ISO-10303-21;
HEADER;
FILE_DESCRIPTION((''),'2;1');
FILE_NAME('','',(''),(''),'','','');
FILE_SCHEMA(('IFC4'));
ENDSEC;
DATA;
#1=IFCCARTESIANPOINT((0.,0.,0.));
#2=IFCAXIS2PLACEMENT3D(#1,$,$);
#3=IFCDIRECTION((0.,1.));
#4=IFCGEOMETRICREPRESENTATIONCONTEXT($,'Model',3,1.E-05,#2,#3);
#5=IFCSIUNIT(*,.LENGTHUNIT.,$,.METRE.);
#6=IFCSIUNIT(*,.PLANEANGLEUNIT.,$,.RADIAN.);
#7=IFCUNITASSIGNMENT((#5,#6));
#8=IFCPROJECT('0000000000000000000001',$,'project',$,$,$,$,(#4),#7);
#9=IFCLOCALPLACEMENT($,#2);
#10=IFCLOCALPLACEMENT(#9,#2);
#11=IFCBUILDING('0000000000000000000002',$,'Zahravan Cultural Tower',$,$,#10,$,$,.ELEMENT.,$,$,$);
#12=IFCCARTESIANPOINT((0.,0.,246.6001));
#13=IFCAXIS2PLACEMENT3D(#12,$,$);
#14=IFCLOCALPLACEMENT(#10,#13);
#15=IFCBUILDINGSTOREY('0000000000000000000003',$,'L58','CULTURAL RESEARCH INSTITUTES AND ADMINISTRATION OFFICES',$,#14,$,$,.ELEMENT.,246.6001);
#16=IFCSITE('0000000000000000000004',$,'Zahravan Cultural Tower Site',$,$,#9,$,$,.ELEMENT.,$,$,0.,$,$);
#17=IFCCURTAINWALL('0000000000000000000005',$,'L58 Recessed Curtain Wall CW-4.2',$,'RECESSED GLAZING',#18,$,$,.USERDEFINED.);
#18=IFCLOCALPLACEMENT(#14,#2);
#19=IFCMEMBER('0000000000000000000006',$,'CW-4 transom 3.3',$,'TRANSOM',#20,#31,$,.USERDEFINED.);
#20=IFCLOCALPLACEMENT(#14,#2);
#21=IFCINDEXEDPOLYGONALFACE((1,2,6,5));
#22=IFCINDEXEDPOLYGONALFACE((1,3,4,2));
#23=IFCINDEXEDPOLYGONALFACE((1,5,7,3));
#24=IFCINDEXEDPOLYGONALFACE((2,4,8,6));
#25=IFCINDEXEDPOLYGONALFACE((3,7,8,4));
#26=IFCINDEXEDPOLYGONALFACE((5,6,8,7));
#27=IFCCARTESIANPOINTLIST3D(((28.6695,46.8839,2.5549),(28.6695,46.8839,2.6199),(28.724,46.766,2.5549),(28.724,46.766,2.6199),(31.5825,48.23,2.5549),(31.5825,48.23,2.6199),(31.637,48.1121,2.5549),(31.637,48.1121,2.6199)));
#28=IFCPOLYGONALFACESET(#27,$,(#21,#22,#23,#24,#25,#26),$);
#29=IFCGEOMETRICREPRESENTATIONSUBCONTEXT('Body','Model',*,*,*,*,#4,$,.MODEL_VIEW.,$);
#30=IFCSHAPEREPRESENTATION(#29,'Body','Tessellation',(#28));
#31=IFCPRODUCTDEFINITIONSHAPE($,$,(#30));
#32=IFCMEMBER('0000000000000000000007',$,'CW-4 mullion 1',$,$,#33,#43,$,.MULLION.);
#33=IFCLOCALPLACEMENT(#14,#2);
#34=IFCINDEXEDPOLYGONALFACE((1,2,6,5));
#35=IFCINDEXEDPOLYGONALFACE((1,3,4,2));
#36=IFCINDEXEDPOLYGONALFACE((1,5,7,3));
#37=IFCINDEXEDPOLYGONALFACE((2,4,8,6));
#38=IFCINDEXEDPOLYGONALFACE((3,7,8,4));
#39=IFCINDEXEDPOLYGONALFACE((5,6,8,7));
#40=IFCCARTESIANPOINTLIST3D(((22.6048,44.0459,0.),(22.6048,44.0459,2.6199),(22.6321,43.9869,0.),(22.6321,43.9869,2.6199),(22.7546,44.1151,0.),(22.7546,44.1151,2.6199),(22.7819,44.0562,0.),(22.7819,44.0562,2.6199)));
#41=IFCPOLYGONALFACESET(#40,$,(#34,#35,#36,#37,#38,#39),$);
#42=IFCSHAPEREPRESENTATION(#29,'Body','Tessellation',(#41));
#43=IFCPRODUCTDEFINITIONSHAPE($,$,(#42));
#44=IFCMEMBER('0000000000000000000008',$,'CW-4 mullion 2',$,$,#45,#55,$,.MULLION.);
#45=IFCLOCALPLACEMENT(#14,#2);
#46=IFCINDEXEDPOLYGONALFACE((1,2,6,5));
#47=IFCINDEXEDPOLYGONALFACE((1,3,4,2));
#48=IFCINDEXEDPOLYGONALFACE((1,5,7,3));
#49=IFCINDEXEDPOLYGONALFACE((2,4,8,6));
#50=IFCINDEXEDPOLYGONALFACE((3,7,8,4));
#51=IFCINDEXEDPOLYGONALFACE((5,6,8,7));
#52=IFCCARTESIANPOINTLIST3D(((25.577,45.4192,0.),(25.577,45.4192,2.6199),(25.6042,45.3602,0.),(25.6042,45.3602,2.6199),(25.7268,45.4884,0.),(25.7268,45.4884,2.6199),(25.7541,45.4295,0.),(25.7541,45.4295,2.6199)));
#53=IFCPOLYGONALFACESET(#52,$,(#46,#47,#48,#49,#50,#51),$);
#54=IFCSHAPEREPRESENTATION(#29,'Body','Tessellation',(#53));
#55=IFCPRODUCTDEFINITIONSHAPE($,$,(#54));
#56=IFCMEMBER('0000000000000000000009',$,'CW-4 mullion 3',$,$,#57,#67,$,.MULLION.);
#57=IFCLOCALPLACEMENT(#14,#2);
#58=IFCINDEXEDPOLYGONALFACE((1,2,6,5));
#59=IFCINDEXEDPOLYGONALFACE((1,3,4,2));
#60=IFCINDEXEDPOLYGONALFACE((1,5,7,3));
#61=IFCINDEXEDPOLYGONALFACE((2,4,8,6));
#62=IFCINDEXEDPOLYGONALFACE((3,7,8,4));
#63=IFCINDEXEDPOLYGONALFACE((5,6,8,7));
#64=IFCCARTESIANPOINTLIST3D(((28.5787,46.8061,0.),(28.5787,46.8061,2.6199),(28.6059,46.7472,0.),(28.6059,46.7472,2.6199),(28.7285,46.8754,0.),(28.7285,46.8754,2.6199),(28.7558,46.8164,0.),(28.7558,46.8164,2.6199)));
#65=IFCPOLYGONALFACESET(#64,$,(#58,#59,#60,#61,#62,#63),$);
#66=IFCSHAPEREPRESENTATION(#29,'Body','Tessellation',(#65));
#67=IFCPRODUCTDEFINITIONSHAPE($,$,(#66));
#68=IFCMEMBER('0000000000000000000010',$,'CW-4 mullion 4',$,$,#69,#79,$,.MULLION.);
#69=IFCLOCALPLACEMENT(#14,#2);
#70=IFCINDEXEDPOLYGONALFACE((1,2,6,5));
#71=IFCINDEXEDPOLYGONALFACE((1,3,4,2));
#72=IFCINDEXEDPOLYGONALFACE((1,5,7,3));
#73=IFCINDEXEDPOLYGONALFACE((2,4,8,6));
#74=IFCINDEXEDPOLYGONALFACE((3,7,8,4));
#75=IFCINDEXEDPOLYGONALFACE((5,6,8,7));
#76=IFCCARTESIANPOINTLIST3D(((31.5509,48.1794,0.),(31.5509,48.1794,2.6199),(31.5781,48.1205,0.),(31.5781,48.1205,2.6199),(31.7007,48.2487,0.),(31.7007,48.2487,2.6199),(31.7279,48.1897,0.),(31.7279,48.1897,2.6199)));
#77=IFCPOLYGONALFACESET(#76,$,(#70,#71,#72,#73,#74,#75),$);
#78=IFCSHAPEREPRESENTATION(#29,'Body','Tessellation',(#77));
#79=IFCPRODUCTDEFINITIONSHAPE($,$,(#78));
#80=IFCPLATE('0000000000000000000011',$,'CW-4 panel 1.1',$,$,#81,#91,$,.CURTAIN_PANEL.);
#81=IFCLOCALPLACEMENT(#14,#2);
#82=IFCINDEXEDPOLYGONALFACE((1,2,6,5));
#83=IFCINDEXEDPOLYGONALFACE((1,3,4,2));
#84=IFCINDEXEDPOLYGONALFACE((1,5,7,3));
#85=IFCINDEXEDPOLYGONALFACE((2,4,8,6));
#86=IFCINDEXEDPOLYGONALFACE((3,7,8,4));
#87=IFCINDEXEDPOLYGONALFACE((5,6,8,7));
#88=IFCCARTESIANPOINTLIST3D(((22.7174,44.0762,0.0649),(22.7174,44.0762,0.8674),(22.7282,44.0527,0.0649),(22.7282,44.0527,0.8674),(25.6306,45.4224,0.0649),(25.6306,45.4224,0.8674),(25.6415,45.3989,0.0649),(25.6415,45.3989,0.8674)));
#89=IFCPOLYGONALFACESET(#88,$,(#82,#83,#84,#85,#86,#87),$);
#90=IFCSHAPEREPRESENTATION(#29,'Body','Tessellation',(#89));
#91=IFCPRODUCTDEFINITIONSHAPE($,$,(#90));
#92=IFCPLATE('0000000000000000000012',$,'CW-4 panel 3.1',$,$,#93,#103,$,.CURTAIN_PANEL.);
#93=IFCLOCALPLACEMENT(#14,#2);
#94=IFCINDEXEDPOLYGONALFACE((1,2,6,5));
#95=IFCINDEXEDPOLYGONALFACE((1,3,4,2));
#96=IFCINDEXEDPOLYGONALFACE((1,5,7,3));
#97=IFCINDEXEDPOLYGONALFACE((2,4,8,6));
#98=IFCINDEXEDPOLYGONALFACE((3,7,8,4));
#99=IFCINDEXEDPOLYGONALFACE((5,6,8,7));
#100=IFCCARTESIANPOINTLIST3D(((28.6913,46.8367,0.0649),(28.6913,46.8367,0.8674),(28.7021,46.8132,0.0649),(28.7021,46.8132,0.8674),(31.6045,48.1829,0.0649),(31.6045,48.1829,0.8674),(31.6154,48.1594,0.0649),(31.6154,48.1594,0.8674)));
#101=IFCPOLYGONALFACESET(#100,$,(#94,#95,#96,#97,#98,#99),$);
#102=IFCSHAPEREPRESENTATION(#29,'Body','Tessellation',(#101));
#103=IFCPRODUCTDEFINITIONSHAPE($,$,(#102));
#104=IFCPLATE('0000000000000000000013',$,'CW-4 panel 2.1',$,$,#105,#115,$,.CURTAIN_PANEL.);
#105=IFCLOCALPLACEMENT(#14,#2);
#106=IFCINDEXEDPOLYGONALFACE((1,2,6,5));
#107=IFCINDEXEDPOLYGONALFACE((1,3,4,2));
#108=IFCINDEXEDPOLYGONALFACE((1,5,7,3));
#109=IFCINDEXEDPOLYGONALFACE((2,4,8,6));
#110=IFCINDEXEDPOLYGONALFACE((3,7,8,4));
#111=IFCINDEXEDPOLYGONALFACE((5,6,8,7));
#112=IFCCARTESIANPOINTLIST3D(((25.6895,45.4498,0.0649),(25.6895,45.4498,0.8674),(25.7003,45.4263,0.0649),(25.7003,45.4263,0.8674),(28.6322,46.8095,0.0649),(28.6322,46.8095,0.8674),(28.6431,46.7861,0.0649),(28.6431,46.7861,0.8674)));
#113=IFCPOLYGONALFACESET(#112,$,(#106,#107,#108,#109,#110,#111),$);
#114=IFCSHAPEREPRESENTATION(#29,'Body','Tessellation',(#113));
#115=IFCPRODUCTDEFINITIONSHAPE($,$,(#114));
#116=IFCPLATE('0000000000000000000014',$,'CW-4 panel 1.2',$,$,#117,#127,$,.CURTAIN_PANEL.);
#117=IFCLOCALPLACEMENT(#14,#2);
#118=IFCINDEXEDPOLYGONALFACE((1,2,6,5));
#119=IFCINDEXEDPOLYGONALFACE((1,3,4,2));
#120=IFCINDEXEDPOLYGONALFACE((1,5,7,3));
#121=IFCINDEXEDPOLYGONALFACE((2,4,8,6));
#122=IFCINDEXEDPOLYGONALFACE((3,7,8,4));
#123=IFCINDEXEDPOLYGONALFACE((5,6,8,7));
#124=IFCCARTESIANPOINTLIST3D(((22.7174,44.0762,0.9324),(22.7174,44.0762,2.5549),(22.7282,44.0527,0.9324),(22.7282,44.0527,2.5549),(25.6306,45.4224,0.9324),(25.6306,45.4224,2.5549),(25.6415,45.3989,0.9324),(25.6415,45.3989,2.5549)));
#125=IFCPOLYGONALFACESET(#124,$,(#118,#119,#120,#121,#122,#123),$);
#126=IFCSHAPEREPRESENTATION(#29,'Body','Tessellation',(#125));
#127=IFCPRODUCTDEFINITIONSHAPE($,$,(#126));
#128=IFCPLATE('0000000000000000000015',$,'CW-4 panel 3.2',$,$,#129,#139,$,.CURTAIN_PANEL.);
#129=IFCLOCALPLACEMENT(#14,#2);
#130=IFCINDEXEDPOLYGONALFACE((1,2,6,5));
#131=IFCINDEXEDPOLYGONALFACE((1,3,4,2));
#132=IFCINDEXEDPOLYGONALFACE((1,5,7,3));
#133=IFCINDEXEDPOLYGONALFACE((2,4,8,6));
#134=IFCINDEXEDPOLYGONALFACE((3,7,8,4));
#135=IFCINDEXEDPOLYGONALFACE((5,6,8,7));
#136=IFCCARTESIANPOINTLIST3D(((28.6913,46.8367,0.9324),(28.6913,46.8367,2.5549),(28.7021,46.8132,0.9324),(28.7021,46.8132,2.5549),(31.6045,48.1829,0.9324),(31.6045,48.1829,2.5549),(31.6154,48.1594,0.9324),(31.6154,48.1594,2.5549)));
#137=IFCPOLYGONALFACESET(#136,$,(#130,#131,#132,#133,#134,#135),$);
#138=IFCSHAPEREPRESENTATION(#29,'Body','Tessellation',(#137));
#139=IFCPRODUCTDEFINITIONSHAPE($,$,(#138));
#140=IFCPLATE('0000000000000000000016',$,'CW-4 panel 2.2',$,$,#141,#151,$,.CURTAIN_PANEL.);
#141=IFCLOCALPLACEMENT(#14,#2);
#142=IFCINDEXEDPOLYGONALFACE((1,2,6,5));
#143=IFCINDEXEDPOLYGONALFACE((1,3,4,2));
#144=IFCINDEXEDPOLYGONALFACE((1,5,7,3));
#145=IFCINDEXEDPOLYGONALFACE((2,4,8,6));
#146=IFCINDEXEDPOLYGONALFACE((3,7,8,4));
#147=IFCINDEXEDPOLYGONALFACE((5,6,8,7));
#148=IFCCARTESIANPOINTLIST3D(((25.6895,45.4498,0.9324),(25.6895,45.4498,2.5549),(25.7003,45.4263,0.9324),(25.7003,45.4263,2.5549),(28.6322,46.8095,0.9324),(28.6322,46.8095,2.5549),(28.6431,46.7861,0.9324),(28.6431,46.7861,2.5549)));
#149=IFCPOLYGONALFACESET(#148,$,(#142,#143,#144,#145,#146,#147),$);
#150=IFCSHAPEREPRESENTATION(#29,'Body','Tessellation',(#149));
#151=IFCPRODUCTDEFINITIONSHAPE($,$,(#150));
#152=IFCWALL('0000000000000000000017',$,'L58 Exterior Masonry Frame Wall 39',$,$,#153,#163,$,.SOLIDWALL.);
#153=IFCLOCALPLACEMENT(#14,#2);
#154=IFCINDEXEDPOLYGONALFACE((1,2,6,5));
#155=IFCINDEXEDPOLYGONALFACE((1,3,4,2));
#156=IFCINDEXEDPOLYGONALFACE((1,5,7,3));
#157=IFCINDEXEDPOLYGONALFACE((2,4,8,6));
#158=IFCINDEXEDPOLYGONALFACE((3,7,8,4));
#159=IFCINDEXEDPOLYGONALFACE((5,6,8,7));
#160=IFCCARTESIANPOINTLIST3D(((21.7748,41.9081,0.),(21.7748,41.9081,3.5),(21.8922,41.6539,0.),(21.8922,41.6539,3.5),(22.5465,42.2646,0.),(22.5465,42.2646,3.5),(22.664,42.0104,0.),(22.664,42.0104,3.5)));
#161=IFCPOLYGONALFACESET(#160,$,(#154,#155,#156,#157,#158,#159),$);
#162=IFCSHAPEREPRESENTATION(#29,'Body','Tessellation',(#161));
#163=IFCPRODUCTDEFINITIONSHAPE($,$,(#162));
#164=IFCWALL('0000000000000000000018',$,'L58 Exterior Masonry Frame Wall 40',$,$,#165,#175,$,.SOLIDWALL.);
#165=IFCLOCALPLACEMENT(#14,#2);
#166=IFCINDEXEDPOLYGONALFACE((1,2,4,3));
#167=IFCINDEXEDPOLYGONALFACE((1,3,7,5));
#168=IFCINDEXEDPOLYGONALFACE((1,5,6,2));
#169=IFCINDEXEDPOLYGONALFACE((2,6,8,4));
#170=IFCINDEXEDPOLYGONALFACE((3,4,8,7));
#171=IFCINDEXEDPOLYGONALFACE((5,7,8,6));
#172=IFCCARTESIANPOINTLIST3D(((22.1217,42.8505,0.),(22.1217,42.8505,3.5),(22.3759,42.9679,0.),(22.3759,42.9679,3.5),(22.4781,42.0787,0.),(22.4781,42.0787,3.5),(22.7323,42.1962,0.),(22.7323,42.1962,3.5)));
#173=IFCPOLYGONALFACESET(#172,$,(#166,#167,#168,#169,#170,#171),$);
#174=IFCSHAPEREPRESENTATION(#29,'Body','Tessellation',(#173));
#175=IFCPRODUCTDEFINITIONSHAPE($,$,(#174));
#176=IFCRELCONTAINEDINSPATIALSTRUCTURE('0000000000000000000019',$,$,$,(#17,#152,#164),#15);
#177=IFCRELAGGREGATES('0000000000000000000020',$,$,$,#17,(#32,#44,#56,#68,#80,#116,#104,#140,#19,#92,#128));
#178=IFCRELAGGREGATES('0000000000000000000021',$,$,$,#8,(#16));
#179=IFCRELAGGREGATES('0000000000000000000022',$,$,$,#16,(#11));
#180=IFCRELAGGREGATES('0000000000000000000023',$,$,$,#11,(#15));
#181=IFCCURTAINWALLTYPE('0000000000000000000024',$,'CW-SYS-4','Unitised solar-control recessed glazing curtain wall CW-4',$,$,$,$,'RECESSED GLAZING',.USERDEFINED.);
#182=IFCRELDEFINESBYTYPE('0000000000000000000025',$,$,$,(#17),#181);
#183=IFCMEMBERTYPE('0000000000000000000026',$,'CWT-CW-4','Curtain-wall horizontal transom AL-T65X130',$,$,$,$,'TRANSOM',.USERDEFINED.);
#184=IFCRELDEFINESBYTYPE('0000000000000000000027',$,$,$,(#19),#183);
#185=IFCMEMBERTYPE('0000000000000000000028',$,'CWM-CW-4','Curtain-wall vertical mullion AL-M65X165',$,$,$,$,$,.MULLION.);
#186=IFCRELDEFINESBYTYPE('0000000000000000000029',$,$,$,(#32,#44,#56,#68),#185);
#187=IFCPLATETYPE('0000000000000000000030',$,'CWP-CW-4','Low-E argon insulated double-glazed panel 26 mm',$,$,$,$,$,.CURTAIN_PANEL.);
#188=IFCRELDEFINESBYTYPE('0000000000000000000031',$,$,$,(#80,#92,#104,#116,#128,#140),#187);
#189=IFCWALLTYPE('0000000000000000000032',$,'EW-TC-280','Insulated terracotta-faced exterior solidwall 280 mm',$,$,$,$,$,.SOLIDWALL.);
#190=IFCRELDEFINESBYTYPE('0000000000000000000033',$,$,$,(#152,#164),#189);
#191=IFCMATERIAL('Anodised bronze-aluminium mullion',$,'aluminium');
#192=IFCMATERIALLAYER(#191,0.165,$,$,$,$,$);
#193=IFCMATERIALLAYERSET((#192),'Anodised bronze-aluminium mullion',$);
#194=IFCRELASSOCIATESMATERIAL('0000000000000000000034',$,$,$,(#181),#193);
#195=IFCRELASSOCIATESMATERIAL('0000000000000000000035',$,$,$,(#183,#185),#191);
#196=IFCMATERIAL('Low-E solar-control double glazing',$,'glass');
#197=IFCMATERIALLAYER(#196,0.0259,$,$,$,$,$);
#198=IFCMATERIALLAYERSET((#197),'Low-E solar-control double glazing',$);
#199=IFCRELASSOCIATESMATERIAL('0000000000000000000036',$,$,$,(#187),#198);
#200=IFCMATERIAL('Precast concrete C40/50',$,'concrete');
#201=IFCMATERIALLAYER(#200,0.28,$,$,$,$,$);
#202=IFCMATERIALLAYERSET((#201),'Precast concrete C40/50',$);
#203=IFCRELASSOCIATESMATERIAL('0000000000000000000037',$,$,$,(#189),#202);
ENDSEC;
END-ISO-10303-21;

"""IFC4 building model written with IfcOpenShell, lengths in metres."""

from ifc_helpers import new_model, si_unit, direction, frame, frame_2d, origin, origin_2d, place, context, subcontext, project, spatial, rectangle, extrude, source, transform, mapped, material, layer, layer_set, material_profile, profile_set, type_object, element, aggregate, save


model = new_model("IFC4")

# Units and contexts
model_context = context("Model", 3, precision=1e-05, world=origin(), true_north=direction((0.0, 1.0)))
body_context = subcontext(model_context, "Body", "Model", "MODEL_VIEW")
ifc_project = project(units=[si_unit("LENGTHUNIT", "METRE"), si_unit("PLANEANGLEUNIT", "RADIAN")], contexts=[model_context])

# Site, building, storey
site_placement = place(None, origin())
site = spatial("IfcSite", under=ifc_project, at=site_placement, Name="Zahravan Cultural Tower Site", CompositionType="ELEMENT", RefElevation=0.0)
building_placement = place(site_placement, origin())
building = spatial("IfcBuilding", under=site, at=building_placement, Name="Zahravan Cultural Tower", CompositionType="ELEMENT")
storey_placement = place(building_placement, frame((0.0, 0.0, 246.6001)))
storey = spatial("IfcBuildingStorey", under=building, at=storey_placement, Name="L58", Description="CULTURAL RESEARCH INSTITUTES AND ADMINISTRATION OFFICES", CompositionType="ELEMENT", Elevation=246.6001)

# Curtain wall, members, plates
ifc_material_1 = material(Name="Anodised bronze-aluminium mullion", Category="aluminium")
ifc_layer_1 = layer(ifc_material_1, 0.165)
ifc_layer_set_1 = layer_set([ifc_layer_1], Name="Anodised bronze-aluminium mullion")
curtain_wall_type = type_object("IfcCurtainWallType", Name="CW-SYS-4", Description="Unitised solar-control recessed glazing curtain wall CW-4", ElementType="RECESSED GLAZING", PredefinedType="USERDEFINED", material=ifc_layer_set_1)
curtain_wall_placement = place(storey_placement, origin())
curtain_wall = element("IfcCurtainWall", 1, at=curtain_wall_placement, inside=storey, type_object=curtain_wall_type, Name="L58 Recessed Curtain Wall CW-4.2", ObjectType="RECESSED GLAZING", PredefinedType="USERDEFINED")
ifc_material_profile_1 = material_profile(ifc_material_1, rectangle(XDim=0.1299, YDim=0.0649, at=origin_2d()), Name="AL-T65X130")
ifc_profile_set_1 = profile_set([ifc_material_profile_1], Name="Anodised bronze-aluminium mullion")
member_type_1 = type_object("IfcMemberType", Name="CWT-CW-4", Description="Curtain-wall horizontal transom AL-T65X130", ElementType="TRANSOM", PredefinedType="USERDEFINED", material=ifc_profile_set_1)
shared_shape_1 = source(origin(), body_context, "Body", "SweptSolid", [
    extrude(rectangle(XDim=0.1299, YDim=0.0649, at=origin_2d()), origin(), (0.0, 0.0, 1.0), 3.209),
])
member_1_placement = place(storey_placement, frame((28.6968, 46.825, 2.5874), z_axis=(0.907759, 0.419492, 0.0), x_axis=(-0.419492, 0.907759, 0.0)))
member_1 = element("IfcMember", 2, at=member_1_placement, type_object=member_type_1, Name="CW-4 transom 3.3", ObjectType="TRANSOM", PredefinedType="USERDEFINED", context=body_context, shape_type="MappedRepresentation", body=[
    mapped(shared_shape_1, transform((0.0, 0.0, 0.0), x_axis=(1.0, 0.0, 0.0), y_axis=(0.0, 1.0, 0.0), z_axis=(0.0, 0.0, 1.0), scale=1.0)),
])
ifc_material_profile_2 = material_profile(ifc_material_1, rectangle(XDim=0.0649, YDim=0.165, at=origin_2d()), Name="AL-M65X165")
ifc_profile_set_2 = profile_set([ifc_material_profile_2], Name="Anodised bronze-aluminium mullion")
member_type_2 = type_object("IfcMemberType", Name="CWM-CW-4", Description="Curtain-wall vertical mullion AL-M65X165", PredefinedType="MULLION", material=ifc_profile_set_2)
shared_shape_2 = source(origin(), body_context, "Body", "SweptSolid", [
    extrude(rectangle(XDim=0.0649, YDim=0.165, at=origin_2d()), origin(), (0.0, 0.0, 1.0), 2.6199),
])
member_2_placement = place(storey_placement, frame((22.6934, 44.051, 0.0), z_axis=(0.0, 0.0, 1.0), x_axis=(-0.419457, 0.907775, 0.0)))
member_2 = element("IfcMember", 3, at=member_2_placement, type_object=member_type_2, Name="CW-4 mullion 1", PredefinedType="MULLION", context=body_context, shape_type="MappedRepresentation", body=[
    mapped(shared_shape_2, transform((0.0, 0.0, 0.0), x_axis=(1.0, 0.0, 0.0), y_axis=(0.0, 1.0, 0.0), z_axis=(0.0, 0.0, 1.0), scale=1.0)),
])
member_3_placement = place(storey_placement, frame((25.6655, 45.4243, 0.0), z_axis=(0.0, 0.0, 1.0), x_axis=(-0.419457, 0.907775, 0.0)))
member_3 = element("IfcMember", 4, at=member_3_placement, type_object=member_type_2, Name="CW-4 mullion 2", PredefinedType="MULLION", context=body_context, shape_type="MappedRepresentation", body=[
    mapped(shared_shape_2, transform((0.0, 0.0, 0.0), x_axis=(1.0, 0.0, 0.0), y_axis=(0.0, 1.0, 0.0), z_axis=(0.0, 0.0, 1.0), scale=1.0)),
])
member_4_placement = place(storey_placement, frame((28.6672, 46.8113, 0.0), z_axis=(0.0, 0.0, 1.0), x_axis=(-0.419457, 0.907775, 0.0)))
member_4 = element("IfcMember", 5, at=member_4_placement, type_object=member_type_2, Name="CW-4 mullion 3", PredefinedType="MULLION", context=body_context, shape_type="MappedRepresentation", body=[
    mapped(shared_shape_2, transform((0.0, 0.0, 0.0), x_axis=(1.0, 0.0, 0.0), y_axis=(0.0, 1.0, 0.0), z_axis=(0.0, 0.0, 1.0), scale=1.0)),
])
member_5_placement = place(storey_placement, frame((31.6394, 48.1846, 0.0), z_axis=(0.0, 0.0, 1.0), x_axis=(-0.419457, 0.907775, 0.0)))
member_5 = element("IfcMember", 6, at=member_5_placement, type_object=member_type_2, Name="CW-4 mullion 4", PredefinedType="MULLION", context=body_context, shape_type="MappedRepresentation", body=[
    mapped(shared_shape_2, transform((0.0, 0.0, 0.0), x_axis=(1.0, 0.0, 0.0), y_axis=(0.0, 1.0, 0.0), z_axis=(0.0, 0.0, 1.0), scale=1.0)),
])
ifc_material_2 = material(Name="Low-E solar-control double glazing", Category="glass")
ifc_layer_2 = layer(ifc_material_2, 0.0259)
ifc_layer_set_2 = layer_set([ifc_layer_2], Name="Low-E solar-control double glazing")
plate_type = type_object("IfcPlateType", Name="CWP-CW-4", Description="Low-E argon insulated double-glazed panel 26 mm", PredefinedType="CURTAIN_PANEL", material=ifc_layer_set_2)
shared_shape_3 = source(origin(), body_context, "Body", "SweptSolid", [
    extrude(rectangle(XDim=3.2092, YDim=0.0259, at=origin_2d()), origin(), (0.0, 0.0, 1.0), 0.8025),
])
plate_1_placement = place(storey_placement, frame((24.1794, 44.7375, 0.0649), z_axis=(0.0, 0.0, 1.0), x_axis=(0.907775, 0.419457, 0.0)))
plate_1 = element("IfcPlate", 7, at=plate_1_placement, type_object=plate_type, Name="CW-4 panel 1.1", PredefinedType="CURTAIN_PANEL", context=body_context, shape_type="MappedRepresentation", body=[
    mapped(shared_shape_3, transform((0.0, 0.0, 0.0), x_axis=(1.0, 0.0, 0.0), y_axis=(0.0, 1.0, 0.0), z_axis=(0.0, 0.0, 1.0), scale=1.0)),
])
plate_2_placement = place(storey_placement, frame((30.1533, 47.498, 0.0649), z_axis=(0.0, 0.0, 1.0), x_axis=(0.907775, 0.419457, 0.0)))
plate_2 = element("IfcPlate", 8, at=plate_2_placement, type_object=plate_type, Name="CW-4 panel 3.1", PredefinedType="CURTAIN_PANEL", context=body_context, shape_type="MappedRepresentation", body=[
    mapped(shared_shape_3, transform((0.0, 0.0, 0.0), x_axis=(1.0, 0.0, 0.0), y_axis=(0.0, 1.0, 0.0), z_axis=(0.0, 0.0, 1.0), scale=1.0)),
])
shared_shape_4 = source(origin(), body_context, "Body", "SweptSolid", [
    extrude(rectangle(XDim=3.2417, YDim=0.0259, at=origin_2d()), origin(), (0.0, 0.0, 1.0), 0.8025),
])
plate_3_placement = place(storey_placement, frame((27.1663, 46.1179, 0.0649), z_axis=(0.0, 0.0, 1.0), x_axis=(0.907775, 0.419457, 0.0)))
plate_3 = element("IfcPlate", 9, at=plate_3_placement, type_object=plate_type, Name="CW-4 panel 2.1", PredefinedType="CURTAIN_PANEL", context=body_context, shape_type="MappedRepresentation", body=[
    mapped(shared_shape_4, transform((0.0, 0.0, 0.0), x_axis=(1.0, 0.0, 0.0), y_axis=(0.0, 1.0, 0.0), z_axis=(0.0, 0.0, 1.0), scale=1.0)),
])
shared_shape_5 = source(origin(), body_context, "Body", "SweptSolid", [
    extrude(rectangle(XDim=3.2092, YDim=0.0259, at=origin_2d()), origin(), (0.0, 0.0, 1.0), 1.6226),
])
plate_4_placement = place(storey_placement, frame((24.1794, 44.7375, 0.9324), z_axis=(0.0, 0.0, 1.0), x_axis=(0.907775, 0.419457, 0.0)))
plate_4 = element("IfcPlate", 10, at=plate_4_placement, type_object=plate_type, Name="CW-4 panel 1.2", PredefinedType="CURTAIN_PANEL", context=body_context, shape_type="MappedRepresentation", body=[
    mapped(shared_shape_5, transform((0.0, 0.0, 0.0), x_axis=(1.0, 0.0, 0.0), y_axis=(0.0, 1.0, 0.0), z_axis=(0.0, 0.0, 1.0), scale=1.0)),
])
plate_5_placement = place(storey_placement, frame((30.1533, 47.498, 0.9324), z_axis=(0.0, 0.0, 1.0), x_axis=(0.907775, 0.419457, 0.0)))
plate_5 = element("IfcPlate", 11, at=plate_5_placement, type_object=plate_type, Name="CW-4 panel 3.2", PredefinedType="CURTAIN_PANEL", context=body_context, shape_type="MappedRepresentation", body=[
    mapped(shared_shape_5, transform((0.0, 0.0, 0.0), x_axis=(1.0, 0.0, 0.0), y_axis=(0.0, 1.0, 0.0), z_axis=(0.0, 0.0, 1.0), scale=1.0)),
])
shared_shape_6 = source(origin(), body_context, "Body", "SweptSolid", [
    extrude(rectangle(XDim=3.2417, YDim=0.0259, at=origin_2d()), origin(), (0.0, 0.0, 1.0), 1.6226),
])
plate_6_placement = place(storey_placement, frame((27.1663, 46.1179, 0.9324), z_axis=(0.0, 0.0, 1.0), x_axis=(0.907775, 0.419457, 0.0)))
plate_6 = element("IfcPlate", 12, at=plate_6_placement, type_object=plate_type, Name="CW-4 panel 2.2", PredefinedType="CURTAIN_PANEL", context=body_context, shape_type="MappedRepresentation", body=[
    mapped(shared_shape_6, transform((0.0, 0.0, 0.0), x_axis=(1.0, 0.0, 0.0), y_axis=(0.0, 1.0, 0.0), z_axis=(0.0, 0.0, 1.0), scale=1.0)),
])
aggregate(curtain_wall, [member_2, member_3, member_4, member_5, plate_1, plate_4, plate_3, plate_6, member_1, plate_2, plate_5])

# Walls
ifc_material_3 = material(Name="Precast concrete C40/50", Category="concrete")
ifc_layer_3 = layer(ifc_material_3, 0.28)
ifc_layer_set_3 = layer_set([ifc_layer_3], Name="Precast concrete C40/50")
wall_type_1 = type_object("IfcWallType", Name="EW-TC-280", Description="Insulated terracotta-faced exterior solidwall 280 mm", PredefinedType="SOLIDWALL", material=ifc_layer_set_3)
shared_shape_7 = source(origin(), body_context, "Body", "SweptSolid", [
    extrude(rectangle(XDim=0.8501, YDim=0.28, at=frame_2d((0.425, 0.0))), origin(), (0.0, 0.0, 1.0), 3.5),
])
for number, where, z_axis, x_axis, name in (
    (13, (21.8335, 41.781, 0.0), (0.0, 0.0, 1.0), (0.907842, 0.419313, 0.0), "L58 Exterior Masonry Frame Wall 39"),
    (14, (22.6052, 42.1375, 0.0), (0.0, 0.0, 1.0), (-0.419313, 0.907842, 0.0), "L58 Exterior Masonry Frame Wall 40"),
):
    element("IfcWall", number, at=place(storey_placement, frame(where, z_axis=z_axis, x_axis=x_axis)), inside=storey, type_object=wall_type_1, Name=name, PredefinedType="SOLIDWALL", context=body_context, shape_type="MappedRepresentation", body=[
        mapped(shared_shape_7, transform((0.0, 0.0, 0.0), x_axis=(1.0, 0.0, 0.0), y_axis=(0.0, 1.0, 0.0), z_axis=(0.0, 0.0, 1.0), scale=1.0)),
    ])

save(model, "model.ifc")
